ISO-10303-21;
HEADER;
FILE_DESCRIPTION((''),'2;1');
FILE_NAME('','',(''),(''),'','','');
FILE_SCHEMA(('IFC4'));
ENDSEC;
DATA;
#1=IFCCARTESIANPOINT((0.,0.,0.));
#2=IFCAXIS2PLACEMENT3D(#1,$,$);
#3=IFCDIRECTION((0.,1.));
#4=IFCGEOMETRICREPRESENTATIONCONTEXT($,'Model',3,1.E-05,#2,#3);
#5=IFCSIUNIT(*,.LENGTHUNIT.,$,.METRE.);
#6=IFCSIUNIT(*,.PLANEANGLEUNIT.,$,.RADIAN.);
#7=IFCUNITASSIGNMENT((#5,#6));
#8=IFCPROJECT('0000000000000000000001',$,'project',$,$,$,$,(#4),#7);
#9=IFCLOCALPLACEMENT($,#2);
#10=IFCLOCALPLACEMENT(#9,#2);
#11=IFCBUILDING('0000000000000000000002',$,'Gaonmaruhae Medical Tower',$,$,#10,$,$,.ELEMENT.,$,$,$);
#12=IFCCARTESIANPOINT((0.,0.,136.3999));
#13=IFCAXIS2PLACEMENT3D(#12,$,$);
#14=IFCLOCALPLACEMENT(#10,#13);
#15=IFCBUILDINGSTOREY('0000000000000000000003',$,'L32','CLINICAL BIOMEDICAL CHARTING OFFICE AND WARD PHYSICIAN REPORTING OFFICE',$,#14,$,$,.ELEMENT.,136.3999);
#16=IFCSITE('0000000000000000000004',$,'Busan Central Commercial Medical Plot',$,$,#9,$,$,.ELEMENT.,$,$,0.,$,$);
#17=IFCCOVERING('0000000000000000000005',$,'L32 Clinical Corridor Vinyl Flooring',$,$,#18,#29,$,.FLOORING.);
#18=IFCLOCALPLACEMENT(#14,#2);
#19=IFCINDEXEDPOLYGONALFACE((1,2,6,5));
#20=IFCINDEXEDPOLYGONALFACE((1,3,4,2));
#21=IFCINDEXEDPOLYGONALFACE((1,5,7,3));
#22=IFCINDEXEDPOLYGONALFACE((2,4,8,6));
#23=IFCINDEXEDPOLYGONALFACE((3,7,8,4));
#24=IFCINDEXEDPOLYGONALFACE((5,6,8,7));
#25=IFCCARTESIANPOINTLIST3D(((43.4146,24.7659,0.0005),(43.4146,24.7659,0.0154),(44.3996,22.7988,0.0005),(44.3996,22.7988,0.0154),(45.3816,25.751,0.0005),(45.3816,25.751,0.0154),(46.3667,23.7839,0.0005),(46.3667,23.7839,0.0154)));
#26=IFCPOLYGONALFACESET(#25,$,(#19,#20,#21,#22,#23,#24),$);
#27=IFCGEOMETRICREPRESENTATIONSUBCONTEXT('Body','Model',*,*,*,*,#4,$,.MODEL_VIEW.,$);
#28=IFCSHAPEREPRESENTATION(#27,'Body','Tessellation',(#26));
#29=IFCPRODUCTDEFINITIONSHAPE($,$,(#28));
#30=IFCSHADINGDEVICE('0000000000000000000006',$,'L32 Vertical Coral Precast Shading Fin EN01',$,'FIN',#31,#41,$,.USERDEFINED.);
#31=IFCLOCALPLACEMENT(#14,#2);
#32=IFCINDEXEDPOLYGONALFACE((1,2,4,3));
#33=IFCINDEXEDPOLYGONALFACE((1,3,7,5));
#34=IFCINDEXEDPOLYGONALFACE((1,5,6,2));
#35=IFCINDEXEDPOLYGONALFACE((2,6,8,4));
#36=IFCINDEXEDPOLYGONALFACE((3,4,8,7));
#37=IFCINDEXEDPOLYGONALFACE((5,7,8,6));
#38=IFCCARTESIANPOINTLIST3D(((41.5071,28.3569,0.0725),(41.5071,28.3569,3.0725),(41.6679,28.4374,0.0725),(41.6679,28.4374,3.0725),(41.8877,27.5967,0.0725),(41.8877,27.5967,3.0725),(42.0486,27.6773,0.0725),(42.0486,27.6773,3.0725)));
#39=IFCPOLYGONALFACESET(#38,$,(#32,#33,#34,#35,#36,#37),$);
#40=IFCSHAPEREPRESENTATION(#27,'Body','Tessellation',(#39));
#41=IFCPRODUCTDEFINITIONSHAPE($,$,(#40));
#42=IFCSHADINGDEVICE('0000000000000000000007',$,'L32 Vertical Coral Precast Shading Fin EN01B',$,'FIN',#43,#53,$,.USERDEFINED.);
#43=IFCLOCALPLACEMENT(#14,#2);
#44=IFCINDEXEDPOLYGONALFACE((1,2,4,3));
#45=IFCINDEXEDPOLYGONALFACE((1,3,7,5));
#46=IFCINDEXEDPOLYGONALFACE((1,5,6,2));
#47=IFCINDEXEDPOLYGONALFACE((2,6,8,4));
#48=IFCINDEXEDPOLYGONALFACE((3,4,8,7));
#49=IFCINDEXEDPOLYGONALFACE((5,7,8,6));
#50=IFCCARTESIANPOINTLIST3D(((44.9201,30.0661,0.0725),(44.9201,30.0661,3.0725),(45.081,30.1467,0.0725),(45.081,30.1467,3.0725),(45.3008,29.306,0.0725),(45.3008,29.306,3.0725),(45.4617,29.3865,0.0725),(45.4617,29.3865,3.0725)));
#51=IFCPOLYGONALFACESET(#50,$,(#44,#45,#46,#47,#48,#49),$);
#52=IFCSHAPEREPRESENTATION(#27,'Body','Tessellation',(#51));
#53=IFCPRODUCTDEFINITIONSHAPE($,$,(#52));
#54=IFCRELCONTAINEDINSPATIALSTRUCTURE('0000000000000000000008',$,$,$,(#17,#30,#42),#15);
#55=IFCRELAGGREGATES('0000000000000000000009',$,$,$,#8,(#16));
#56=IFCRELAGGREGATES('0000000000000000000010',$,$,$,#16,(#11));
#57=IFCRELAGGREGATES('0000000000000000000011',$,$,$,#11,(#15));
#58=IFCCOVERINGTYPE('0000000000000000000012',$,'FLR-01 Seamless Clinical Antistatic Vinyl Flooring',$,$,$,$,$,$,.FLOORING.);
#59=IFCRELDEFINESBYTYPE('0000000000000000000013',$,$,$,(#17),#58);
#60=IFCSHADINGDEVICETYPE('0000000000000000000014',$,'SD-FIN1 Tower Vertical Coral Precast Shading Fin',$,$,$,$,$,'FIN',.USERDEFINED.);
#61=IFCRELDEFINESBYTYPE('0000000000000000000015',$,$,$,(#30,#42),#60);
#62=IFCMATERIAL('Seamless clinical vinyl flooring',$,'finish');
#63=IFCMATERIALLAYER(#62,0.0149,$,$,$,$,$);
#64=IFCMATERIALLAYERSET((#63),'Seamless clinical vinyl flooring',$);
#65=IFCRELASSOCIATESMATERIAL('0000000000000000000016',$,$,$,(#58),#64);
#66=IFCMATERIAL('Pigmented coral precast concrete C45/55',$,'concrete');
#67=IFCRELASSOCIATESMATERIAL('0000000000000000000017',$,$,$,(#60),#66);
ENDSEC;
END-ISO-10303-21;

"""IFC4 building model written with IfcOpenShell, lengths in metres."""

from ifc_helpers import new_model, si_unit, direction, frame, origin, origin_2d, place, context, subcontext, project, spatial, rectangle, extrude, material, layer, layer_set, type_object, element, save


model = new_model("IFC4")

# Units and contexts
model_context = context("Model", 3, precision=1e-05, world=origin(), true_north=direction((0.0, 1.0)))
body_context = subcontext(model_context, "Body", "Model", "MODEL_VIEW")
ifc_project = project(units=[si_unit("LENGTHUNIT", "METRE"), si_unit("PLANEANGLEUNIT", "RADIAN")], contexts=[model_context])

# Site, building, storey
site_placement = place(None, origin())
site = spatial("IfcSite", under=ifc_project, at=site_placement, Name="Busan Central Commercial Medical Plot", CompositionType="ELEMENT", RefElevation=0.0)
building_placement = place(site_placement, origin())
building = spatial("IfcBuilding", under=site, at=building_placement, Name="Gaonmaruhae Medical Tower", CompositionType="ELEMENT")
storey_placement = place(building_placement, frame((0.0, 0.0, 136.3999)))
storey = spatial("IfcBuildingStorey", under=building, at=storey_placement, Name="L32", Description="CLINICAL BIOMEDICAL CHARTING OFFICE AND WARD PHYSICIAN REPORTING OFFICE", CompositionType="ELEMENT", Elevation=136.3999)

# Covering
ifc_material_1 = material(Name="Seamless clinical vinyl flooring", Category="finish")
ifc_layer_1 = layer(ifc_material_1, 0.0149)
ifc_layer_set_1 = layer_set([ifc_layer_1], Name="Seamless clinical vinyl flooring")
covering_type_1 = type_object("IfcCoveringType", Name="FLR-01 Seamless Clinical Antistatic Vinyl Flooring", PredefinedType="FLOORING", material=ifc_layer_set_1)
covering_1_placement = place(storey_placement, frame((44.8906, 24.2749, 0.0005), z_axis=(0.0, 0.0, 1.0), x_axis=(0.894154, 0.447759, 0.0)))
element("IfcCovering", 1, at=covering_1_placement, inside=storey, type_object=covering_type_1, Name="L32 Clinical Corridor Vinyl Flooring", PredefinedType="FLOORING", context=body_context, shape_type="SweptSolid", body=[
    extrude(rectangle(XDim=2.2, YDim=2.2, at=origin_2d()), origin(), (0.0, 0.0, 1.0), 0.0149),
])

# Shading devices
ifc_material_2 = material(Name="Pigmented coral precast concrete C45/55", Category="concrete")
shading_device_type = type_object("IfcShadingDeviceType", Name="SD-FIN1 Tower Vertical Coral Precast Shading Fin", ElementType="FIN", PredefinedType="USERDEFINED", material=ifc_material_2)
for number, where, z_axis, x_axis, name in (
    (2, (41.7778, 28.0171, 0.0725), (0.0, 0.0, 1.0), (0.894146, 0.447775, 0.0), "L32 Vertical Coral Precast Shading Fin EN01"),
    (3, (45.1909, 29.7263, 0.0725), (0.0, 0.0, 1.0), (0.894146, 0.447775, 0.0), "L32 Vertical Coral Precast Shading Fin EN01B"),
):
    element("IfcShadingDevice", number, at=place(storey_placement, frame(where, z_axis=z_axis, x_axis=x_axis)), inside=storey, type_object=shading_device_type, Name=name, ObjectType="FIN", PredefinedType="USERDEFINED", context=body_context, shape_type="SweptSolid", body=[
        extrude(rectangle(XDim=0.1799, YDim=0.8501, at=origin_2d()), origin(), (0.0, 0.0, 1.0), 3.0),
    ])

save(model, "model.ifc")
